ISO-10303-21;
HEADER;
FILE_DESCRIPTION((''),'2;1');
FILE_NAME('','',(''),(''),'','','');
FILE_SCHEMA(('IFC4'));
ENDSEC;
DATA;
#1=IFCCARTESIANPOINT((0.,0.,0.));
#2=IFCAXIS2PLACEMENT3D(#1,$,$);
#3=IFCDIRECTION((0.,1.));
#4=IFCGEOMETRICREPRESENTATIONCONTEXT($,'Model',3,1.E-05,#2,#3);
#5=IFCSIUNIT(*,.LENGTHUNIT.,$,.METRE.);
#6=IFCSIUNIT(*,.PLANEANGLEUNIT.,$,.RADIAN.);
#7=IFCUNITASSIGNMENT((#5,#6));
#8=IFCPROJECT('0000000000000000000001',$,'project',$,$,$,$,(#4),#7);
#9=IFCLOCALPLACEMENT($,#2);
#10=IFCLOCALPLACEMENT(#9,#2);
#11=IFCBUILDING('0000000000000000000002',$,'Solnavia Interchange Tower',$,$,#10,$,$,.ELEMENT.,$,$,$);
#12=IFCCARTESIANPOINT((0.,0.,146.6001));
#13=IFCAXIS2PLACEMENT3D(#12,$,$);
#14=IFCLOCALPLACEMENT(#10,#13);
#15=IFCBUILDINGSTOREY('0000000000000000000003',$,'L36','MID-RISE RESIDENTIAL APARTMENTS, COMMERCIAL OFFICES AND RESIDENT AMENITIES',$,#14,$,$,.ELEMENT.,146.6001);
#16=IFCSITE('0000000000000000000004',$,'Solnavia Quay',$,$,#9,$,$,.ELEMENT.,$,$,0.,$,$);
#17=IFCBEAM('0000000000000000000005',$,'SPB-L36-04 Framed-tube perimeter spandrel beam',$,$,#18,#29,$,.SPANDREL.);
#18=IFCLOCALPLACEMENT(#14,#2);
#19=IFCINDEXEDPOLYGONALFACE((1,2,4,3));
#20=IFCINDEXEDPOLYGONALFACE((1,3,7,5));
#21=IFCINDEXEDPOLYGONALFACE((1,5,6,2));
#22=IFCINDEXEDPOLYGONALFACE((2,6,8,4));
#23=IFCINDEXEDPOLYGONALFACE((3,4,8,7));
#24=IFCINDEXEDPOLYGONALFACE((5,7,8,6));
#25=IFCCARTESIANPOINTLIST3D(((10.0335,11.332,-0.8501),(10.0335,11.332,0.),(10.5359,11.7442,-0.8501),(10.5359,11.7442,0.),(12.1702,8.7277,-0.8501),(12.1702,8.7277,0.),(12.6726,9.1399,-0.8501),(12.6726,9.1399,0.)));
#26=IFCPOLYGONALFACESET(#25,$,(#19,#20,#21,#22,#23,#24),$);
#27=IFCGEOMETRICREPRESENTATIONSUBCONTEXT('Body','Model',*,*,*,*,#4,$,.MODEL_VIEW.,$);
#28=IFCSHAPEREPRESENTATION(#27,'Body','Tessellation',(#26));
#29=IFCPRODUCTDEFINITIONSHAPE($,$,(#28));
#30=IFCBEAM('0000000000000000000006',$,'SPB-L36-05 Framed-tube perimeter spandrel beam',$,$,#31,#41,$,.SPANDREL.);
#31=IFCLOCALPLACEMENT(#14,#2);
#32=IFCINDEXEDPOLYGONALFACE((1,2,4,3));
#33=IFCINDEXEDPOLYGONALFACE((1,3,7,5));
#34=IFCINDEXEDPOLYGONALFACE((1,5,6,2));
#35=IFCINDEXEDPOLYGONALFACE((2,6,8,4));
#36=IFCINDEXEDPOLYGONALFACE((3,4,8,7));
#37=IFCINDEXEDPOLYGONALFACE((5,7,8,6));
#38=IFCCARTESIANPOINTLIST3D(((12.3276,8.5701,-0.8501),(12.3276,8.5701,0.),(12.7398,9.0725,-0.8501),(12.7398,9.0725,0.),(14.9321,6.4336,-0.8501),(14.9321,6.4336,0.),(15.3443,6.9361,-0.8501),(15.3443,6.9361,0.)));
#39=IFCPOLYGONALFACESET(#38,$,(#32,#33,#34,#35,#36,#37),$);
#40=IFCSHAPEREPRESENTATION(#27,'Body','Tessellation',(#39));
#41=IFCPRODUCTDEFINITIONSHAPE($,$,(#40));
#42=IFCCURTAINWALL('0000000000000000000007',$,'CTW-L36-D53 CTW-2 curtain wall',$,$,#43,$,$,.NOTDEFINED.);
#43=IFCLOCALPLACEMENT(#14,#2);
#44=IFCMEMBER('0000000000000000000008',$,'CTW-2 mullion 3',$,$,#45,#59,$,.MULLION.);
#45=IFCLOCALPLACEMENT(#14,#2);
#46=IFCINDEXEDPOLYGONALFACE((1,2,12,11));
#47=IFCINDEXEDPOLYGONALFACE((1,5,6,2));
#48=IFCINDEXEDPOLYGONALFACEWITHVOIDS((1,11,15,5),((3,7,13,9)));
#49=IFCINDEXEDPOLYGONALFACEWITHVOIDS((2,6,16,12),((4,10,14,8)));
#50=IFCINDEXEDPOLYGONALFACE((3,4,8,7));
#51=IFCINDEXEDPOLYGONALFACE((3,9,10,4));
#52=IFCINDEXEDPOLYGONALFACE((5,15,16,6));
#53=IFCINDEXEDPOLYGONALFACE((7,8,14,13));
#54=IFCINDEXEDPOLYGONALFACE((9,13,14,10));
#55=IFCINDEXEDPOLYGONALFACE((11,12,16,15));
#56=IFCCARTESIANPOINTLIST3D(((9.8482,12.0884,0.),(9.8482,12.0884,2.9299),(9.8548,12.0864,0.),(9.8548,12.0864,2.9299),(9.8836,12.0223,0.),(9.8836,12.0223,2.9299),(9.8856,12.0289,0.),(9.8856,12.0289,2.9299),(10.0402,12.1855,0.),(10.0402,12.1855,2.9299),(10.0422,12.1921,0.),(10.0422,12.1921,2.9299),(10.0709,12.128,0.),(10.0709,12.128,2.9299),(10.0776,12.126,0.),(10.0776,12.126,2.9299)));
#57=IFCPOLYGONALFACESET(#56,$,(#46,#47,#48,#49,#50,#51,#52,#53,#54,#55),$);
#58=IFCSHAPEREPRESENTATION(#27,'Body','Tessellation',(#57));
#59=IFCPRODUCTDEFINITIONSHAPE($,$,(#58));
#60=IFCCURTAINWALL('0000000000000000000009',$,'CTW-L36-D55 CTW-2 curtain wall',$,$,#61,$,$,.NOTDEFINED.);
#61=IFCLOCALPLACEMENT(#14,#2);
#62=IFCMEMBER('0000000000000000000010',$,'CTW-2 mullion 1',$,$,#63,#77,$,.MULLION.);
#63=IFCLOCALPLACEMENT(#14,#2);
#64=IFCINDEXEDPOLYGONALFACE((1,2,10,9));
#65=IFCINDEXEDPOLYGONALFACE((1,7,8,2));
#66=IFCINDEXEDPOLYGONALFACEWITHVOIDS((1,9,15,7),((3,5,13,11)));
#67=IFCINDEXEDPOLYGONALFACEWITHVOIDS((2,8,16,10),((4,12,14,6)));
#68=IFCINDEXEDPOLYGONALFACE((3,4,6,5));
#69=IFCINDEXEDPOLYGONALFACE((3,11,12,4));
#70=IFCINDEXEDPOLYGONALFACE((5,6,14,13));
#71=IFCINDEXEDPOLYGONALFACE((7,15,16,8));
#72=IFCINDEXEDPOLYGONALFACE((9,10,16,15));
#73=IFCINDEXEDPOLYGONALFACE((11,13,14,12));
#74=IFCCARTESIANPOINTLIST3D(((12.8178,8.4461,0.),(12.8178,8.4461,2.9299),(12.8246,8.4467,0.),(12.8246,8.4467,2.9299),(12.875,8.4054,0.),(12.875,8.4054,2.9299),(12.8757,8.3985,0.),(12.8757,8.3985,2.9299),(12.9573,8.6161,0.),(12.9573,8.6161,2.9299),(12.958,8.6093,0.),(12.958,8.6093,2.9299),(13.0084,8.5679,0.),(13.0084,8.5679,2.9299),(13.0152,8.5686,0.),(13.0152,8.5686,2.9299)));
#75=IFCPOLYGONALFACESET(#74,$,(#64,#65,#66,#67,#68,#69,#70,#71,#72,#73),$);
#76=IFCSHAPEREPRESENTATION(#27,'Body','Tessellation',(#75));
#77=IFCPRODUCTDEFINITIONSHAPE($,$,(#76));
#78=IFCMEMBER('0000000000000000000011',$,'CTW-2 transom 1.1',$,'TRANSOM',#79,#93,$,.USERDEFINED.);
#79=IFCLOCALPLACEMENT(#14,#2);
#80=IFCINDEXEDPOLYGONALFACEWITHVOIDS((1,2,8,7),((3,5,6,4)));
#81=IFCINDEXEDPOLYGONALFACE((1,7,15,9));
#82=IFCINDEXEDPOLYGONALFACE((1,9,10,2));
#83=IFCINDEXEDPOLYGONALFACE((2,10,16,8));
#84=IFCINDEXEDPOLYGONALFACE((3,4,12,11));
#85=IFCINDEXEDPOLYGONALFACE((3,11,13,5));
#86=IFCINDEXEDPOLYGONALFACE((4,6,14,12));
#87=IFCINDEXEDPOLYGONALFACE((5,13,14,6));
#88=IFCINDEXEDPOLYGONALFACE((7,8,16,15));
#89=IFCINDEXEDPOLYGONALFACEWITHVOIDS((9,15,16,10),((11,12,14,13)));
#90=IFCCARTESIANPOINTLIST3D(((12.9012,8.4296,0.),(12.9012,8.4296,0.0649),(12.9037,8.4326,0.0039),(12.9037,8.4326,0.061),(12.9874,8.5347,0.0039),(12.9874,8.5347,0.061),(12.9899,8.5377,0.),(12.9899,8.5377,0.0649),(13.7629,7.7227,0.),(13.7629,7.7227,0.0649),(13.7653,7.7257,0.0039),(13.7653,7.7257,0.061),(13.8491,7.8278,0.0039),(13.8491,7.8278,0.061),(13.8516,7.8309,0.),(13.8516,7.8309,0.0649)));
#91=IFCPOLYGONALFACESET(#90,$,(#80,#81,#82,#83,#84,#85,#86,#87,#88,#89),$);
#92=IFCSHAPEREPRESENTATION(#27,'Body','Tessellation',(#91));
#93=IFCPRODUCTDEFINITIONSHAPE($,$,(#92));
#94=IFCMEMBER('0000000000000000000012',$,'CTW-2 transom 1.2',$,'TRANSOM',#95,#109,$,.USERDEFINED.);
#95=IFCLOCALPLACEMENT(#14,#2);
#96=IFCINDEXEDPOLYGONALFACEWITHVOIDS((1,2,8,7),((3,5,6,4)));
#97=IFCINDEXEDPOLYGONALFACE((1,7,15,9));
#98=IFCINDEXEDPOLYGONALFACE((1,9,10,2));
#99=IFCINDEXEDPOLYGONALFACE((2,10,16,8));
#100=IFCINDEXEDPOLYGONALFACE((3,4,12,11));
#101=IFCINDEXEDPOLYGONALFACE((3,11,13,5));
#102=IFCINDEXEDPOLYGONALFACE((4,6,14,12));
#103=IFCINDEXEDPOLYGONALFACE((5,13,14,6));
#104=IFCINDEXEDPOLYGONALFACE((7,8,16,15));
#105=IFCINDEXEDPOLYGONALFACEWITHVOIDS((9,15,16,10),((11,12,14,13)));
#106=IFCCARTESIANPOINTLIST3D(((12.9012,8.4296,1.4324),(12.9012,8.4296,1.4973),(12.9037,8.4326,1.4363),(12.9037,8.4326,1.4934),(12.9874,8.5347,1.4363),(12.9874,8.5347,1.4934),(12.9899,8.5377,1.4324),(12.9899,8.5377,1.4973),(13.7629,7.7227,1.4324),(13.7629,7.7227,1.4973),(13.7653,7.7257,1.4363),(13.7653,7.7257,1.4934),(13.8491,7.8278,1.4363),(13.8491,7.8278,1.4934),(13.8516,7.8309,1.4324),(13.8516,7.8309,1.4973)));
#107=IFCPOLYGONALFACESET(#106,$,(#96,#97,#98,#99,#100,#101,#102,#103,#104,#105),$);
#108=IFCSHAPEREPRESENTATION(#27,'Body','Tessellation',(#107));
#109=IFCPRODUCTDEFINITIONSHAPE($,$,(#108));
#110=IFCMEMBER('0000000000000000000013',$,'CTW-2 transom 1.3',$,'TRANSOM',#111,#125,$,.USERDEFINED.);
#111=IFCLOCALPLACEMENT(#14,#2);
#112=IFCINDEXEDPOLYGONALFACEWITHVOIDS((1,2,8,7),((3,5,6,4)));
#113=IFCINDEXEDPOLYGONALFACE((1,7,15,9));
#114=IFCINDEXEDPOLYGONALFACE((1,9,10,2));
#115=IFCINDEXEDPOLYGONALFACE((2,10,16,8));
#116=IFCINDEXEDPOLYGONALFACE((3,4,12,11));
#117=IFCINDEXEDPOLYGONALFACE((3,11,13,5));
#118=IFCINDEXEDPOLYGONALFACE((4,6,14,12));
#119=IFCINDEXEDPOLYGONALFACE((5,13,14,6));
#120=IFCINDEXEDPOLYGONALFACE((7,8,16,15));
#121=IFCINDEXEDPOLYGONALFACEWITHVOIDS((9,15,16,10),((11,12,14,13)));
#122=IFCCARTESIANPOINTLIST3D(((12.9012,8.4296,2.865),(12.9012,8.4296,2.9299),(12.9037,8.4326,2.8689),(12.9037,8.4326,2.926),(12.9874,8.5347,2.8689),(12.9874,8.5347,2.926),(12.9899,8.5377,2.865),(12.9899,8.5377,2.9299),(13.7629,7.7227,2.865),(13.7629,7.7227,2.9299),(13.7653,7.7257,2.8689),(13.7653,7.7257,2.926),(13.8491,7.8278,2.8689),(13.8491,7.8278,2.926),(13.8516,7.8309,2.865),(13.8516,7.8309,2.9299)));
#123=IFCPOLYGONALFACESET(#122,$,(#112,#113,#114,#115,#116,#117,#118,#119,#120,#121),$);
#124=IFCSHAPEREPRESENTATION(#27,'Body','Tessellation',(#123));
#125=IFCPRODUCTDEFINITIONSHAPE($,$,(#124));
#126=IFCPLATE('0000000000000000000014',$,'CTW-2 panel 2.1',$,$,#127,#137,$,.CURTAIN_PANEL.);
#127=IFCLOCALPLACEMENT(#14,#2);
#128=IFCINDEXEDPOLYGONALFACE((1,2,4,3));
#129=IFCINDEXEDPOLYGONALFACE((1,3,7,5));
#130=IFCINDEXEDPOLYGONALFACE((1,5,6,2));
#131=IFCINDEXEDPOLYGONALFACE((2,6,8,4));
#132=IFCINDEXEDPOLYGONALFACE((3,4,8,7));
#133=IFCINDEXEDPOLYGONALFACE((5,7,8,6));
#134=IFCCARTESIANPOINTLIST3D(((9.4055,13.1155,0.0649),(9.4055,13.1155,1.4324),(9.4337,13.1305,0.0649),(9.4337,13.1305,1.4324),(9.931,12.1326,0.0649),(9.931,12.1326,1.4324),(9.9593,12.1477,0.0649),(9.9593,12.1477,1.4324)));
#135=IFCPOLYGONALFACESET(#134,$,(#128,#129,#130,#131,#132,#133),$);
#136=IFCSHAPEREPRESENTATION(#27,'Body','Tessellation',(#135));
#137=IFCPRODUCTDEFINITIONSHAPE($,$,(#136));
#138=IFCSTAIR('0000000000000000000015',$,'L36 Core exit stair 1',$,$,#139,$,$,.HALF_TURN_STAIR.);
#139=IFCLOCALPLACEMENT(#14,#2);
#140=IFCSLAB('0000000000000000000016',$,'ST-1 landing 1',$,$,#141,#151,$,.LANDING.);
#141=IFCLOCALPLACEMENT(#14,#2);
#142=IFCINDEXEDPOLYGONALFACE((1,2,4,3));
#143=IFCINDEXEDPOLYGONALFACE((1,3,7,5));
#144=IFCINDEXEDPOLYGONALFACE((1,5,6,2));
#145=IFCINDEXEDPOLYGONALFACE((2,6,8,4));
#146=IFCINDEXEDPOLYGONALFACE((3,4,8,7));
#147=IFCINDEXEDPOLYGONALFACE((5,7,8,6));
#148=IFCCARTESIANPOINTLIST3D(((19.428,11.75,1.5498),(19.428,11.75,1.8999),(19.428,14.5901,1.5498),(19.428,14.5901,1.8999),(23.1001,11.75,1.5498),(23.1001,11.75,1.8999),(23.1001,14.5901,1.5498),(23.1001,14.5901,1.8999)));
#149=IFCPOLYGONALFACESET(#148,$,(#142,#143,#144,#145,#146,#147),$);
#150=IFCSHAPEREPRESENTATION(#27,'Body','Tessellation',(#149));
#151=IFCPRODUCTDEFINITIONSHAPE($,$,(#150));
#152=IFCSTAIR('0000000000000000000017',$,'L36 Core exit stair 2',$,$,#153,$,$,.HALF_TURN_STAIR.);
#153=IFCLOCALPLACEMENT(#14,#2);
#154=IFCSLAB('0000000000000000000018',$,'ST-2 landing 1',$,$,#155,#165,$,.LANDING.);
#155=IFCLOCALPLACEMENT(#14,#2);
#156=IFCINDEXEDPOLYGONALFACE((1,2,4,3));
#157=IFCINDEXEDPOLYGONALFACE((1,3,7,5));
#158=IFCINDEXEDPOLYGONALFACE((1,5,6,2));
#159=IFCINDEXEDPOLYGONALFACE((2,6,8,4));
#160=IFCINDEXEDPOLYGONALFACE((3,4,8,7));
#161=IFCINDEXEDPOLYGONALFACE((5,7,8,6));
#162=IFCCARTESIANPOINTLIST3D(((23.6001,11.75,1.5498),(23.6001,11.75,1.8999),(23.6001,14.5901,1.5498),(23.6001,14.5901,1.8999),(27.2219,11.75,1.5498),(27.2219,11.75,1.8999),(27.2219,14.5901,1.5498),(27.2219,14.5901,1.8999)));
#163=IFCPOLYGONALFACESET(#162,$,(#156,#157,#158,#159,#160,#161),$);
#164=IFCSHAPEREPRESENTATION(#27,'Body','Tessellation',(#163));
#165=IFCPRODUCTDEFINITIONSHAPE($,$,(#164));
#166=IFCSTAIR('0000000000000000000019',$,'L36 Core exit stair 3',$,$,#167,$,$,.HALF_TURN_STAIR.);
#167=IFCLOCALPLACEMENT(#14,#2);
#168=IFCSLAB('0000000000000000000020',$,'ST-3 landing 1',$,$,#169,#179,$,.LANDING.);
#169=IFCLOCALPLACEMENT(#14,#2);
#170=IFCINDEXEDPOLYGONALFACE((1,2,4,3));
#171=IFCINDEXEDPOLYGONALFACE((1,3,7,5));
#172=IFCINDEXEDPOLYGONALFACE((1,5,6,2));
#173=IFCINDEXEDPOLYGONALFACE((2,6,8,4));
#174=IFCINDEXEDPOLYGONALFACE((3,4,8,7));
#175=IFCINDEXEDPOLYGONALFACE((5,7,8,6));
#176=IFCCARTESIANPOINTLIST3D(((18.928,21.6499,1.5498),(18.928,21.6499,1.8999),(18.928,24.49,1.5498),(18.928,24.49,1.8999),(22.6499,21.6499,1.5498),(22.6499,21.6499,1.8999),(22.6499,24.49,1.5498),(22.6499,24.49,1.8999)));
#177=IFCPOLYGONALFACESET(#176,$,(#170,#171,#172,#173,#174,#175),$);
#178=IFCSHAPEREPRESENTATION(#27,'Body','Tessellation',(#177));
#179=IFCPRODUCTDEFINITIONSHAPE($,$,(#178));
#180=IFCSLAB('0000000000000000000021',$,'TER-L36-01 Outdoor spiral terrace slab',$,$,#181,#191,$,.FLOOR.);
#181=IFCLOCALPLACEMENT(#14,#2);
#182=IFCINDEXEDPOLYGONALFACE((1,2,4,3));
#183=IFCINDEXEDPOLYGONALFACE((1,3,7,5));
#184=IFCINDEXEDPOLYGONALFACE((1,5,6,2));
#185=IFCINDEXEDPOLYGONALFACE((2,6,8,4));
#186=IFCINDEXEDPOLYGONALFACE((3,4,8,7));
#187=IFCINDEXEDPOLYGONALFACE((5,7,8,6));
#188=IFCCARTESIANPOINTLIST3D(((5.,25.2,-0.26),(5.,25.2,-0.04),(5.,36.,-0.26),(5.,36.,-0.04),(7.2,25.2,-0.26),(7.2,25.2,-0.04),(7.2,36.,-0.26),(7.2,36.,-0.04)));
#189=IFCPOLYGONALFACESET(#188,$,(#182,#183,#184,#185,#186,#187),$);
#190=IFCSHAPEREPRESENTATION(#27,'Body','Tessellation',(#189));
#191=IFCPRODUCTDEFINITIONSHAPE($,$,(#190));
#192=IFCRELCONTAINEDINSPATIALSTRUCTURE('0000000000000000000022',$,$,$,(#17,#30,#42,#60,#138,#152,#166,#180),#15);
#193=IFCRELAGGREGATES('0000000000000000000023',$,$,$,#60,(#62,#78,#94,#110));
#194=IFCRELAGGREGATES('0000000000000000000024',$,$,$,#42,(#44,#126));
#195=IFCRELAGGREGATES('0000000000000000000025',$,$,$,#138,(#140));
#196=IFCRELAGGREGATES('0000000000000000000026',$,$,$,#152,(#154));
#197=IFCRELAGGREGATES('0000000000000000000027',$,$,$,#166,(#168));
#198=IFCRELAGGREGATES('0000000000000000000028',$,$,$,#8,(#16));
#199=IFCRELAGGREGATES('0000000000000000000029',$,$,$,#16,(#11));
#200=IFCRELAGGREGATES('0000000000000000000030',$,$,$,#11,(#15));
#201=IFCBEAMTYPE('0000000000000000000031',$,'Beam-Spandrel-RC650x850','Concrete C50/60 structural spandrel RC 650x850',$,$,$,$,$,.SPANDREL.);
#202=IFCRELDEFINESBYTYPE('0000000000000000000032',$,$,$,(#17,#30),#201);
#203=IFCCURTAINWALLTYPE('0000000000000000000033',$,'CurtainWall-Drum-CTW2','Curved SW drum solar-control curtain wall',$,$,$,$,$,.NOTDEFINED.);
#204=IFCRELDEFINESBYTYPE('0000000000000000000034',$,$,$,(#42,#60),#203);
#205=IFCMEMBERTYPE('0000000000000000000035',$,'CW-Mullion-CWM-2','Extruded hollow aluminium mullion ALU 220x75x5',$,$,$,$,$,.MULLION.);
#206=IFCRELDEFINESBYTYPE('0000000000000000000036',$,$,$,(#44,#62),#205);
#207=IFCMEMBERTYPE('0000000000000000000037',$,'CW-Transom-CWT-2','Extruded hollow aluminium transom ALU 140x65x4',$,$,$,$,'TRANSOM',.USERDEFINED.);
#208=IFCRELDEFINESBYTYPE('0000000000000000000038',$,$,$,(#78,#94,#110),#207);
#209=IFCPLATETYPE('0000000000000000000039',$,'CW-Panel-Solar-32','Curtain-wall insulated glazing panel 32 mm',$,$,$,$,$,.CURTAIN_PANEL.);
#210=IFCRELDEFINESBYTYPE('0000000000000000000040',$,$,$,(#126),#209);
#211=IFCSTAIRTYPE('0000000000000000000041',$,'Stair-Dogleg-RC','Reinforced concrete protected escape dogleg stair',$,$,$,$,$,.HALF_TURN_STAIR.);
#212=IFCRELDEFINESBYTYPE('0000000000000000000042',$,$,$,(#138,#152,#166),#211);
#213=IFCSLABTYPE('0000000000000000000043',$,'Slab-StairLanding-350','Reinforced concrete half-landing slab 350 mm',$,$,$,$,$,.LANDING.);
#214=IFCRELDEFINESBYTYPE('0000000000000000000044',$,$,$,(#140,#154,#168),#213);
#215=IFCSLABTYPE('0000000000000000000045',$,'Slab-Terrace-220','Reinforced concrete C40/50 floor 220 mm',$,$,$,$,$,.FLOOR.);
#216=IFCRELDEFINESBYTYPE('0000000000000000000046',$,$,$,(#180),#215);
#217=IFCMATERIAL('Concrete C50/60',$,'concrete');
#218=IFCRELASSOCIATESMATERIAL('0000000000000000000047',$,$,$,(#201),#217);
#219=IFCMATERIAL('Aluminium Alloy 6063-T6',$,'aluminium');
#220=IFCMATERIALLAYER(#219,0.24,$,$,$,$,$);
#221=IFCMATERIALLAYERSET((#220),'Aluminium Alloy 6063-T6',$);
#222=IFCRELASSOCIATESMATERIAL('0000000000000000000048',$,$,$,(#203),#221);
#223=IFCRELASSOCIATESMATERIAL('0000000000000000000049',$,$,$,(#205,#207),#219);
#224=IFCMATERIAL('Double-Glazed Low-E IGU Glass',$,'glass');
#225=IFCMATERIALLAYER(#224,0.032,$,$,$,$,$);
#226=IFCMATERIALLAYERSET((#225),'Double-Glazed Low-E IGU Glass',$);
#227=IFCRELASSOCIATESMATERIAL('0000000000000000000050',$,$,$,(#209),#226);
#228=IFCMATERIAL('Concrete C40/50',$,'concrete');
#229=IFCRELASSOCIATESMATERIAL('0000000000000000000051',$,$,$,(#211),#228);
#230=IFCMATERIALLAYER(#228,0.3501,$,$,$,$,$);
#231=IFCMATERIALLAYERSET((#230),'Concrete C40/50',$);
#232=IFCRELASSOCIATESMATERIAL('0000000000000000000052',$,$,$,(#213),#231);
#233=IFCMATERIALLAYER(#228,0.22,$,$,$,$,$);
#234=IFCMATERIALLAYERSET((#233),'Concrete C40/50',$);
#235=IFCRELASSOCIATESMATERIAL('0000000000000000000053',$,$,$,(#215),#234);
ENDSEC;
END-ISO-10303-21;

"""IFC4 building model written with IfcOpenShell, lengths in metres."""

from ifc_helpers import new_model, si_unit, direction, frame, origin, origin_2d, place, context, subcontext, project, spatial, polyline, rectangle, hollow_rectangle, outline, extrude, material, layer, layer_set, material_profile, profile_set, type_object, element, aggregate, save


model = new_model("IFC4")

# Units and contexts
model_context = context("Model", 3, precision=1e-05, world=origin(), true_north=direction((0.0, 1.0)))
body_context = subcontext(model_context, "Body", "Model", "MODEL_VIEW")
ifc_project = project(units=[si_unit("LENGTHUNIT", "METRE"), si_unit("PLANEANGLEUNIT", "RADIAN")], contexts=[model_context])

# Site, building, storey
site_placement = place(None, origin())
site = spatial("IfcSite", under=ifc_project, at=site_placement, Name="Solnavia Quay", CompositionType="ELEMENT", RefElevation=0.0)
building_placement = place(site_placement, origin())
building = spatial("IfcBuilding", under=site, at=building_placement, Name="Solnavia Interchange Tower", CompositionType="ELEMENT")
storey_placement = place(building_placement, frame((0.0, 0.0, 146.6001)))
storey = spatial("IfcBuildingStorey", under=building, at=storey_placement, Name="L36", Description="MID-RISE RESIDENTIAL APARTMENTS, COMMERCIAL OFFICES AND RESIDENT AMENITIES", CompositionType="ELEMENT", Elevation=146.6001)

# Shared definitions
ifc_material_1 = material(Name="Concrete C50/60", Category="concrete")

# Beams
ifc_material_profile_1 = material_profile(ifc_material_1, rectangle(XDim=0.6499, YDim=0.8501, at=origin_2d()), Name="RC 650x850")
ifc_profile_set_1 = profile_set([ifc_material_profile_1], Name="Concrete C50/60")
beam_type_1 = type_object("IfcBeamType", Name="Beam-Spandrel-RC650x850", Description="Concrete C50/60 structural spandrel RC 650x850", PredefinedType="SPANDREL", material=ifc_profile_set_1)
for number, where, z_axis, x_axis, name in (
    (1, (10.2847, 11.5381, -0.425), (0.634299, -0.773088, 0.0), (0.773088, 0.634299, 0.0), "SPB-L36-04 Framed-tube perimeter spandrel beam"),
    (2, (12.5337, 8.8213, -0.425), (0.773153, -0.63422, 0.0), (0.63422, 0.773153, 0.0), "SPB-L36-05 Framed-tube perimeter spandrel beam"),
):
    element("IfcBeam", number, at=place(storey_placement, frame(where, z_axis=z_axis, x_axis=x_axis)), inside=storey, type_object=beam_type_1, Name=name, PredefinedType="SPANDREL", context=body_context, shape_type="SweptSolid", body=[
        extrude(rectangle(XDim=0.6499, YDim=0.8501, at=origin_2d()), origin(), (0.0, 0.0, 1.0), 3.3687),
    ])

# Curtain wall, member
ifc_material_2 = material(Name="Aluminium Alloy 6063-T6", Category="aluminium")
ifc_layer_1 = layer(ifc_material_2, 0.24)
ifc_layer_set_1 = layer_set([ifc_layer_1], Name="Aluminium Alloy 6063-T6")
curtain_wall_type = type_object("IfcCurtainWallType", Name="CurtainWall-Drum-CTW2", Description="Curved SW drum solar-control curtain wall", PredefinedType="NOTDEFINED", material=ifc_layer_set_1)
curtain_wall_1_placement = place(storey_placement, origin())
curtain_wall_1 = element("IfcCurtainWall", 3, at=curtain_wall_1_placement, inside=storey, type_object=curtain_wall_type, Name="CTW-L36-D53 CTW-2 curtain wall", PredefinedType="NOTDEFINED")
ifc_material_profile_2 = material_profile(ifc_material_2, hollow_rectangle(XDim=0.075, YDim=0.22, WallThickness=0.0049, at=origin_2d()), Name="ALU 220x75x5")
ifc_profile_set_2 = profile_set([ifc_material_profile_2], Name="Aluminium Alloy 6063-T6")
member_type_1 = type_object("IfcMemberType", Name="CW-Mullion-CWM-2", Description="Extruded hollow aluminium mullion ALU 220x75x5", PredefinedType="MULLION", material=ifc_profile_set_2)
member_1_placement = place(storey_placement, frame((9.9629, 12.1072, 0.0), z_axis=(0.0, 0.0, 1.0), x_axis=(0.471561, -0.881834, 0.0)))
member_1 = element("IfcMember", 4, at=member_1_placement, type_object=member_type_1, Name="CTW-2 mullion 3", PredefinedType="MULLION", context=body_context, shape_type="SweptSolid", body=[
    extrude(hollow_rectangle(XDim=0.075, YDim=0.22, WallThickness=0.0049, at=origin_2d()), origin(), (0.0, 0.0, 1.0), 2.9299),
])

# Curtain wall, members
curtain_wall_2_placement = place(storey_placement, origin())
curtain_wall_2 = element("IfcCurtainWall", 5, at=curtain_wall_2_placement, inside=storey, type_object=curtain_wall_type, Name="CTW-L36-D55 CTW-2 curtain wall", PredefinedType="NOTDEFINED")
member_2_placement = place(storey_placement, frame((12.9165, 8.5073, 0.0), z_axis=(0.0, 0.0, 1.0), x_axis=(0.773103, -0.63428, 0.0)))
member_2 = element("IfcMember", 6, at=member_2_placement, type_object=member_type_1, Name="CTW-2 mullion 1", PredefinedType="MULLION", context=body_context, shape_type="SweptSolid", body=[
    extrude(hollow_rectangle(XDim=0.075, YDim=0.22, WallThickness=0.0049, at=origin_2d()), origin(), (0.0, 0.0, 1.0), 2.9299),
])
ifc_material_profile_3 = material_profile(ifc_material_2, hollow_rectangle(XDim=0.0649, YDim=0.1399, WallThickness=0.0039, at=origin_2d()), Name="ALU 140x65x4")
ifc_profile_set_3 = profile_set([ifc_material_profile_3], Name="Aluminium Alloy 6063-T6")
member_type_2 = type_object("IfcMemberType", Name="CW-Transom-CWT-2", Description="Extruded hollow aluminium transom ALU 140x65x4", ElementType="TRANSOM", PredefinedType="USERDEFINED", material=ifc_profile_set_3)
member_3_placement = place(storey_placement, frame((12.9456, 8.4836, 0.0325), z_axis=(0.773137, -0.634239, 0.0), x_axis=(0.0, 0.0, 1.0)))
member_3 = element("IfcMember", 7, at=member_3_placement, type_object=member_type_2, Name="CTW-2 transom 1.1", ObjectType="TRANSOM", PredefinedType="USERDEFINED", context=body_context, shape_type="SweptSolid", body=[
    extrude(hollow_rectangle(XDim=0.0649, YDim=0.1399, WallThickness=0.0039, at=origin_2d()), origin(), (0.0, 0.0, 1.0), 1.1145),
])
member_4_placement = place(storey_placement, frame((12.9456, 8.4836, 1.4648), z_axis=(0.773137, -0.634239, 0.0), x_axis=(0.0, 0.0, 1.0)))
member_4 = element("IfcMember", 8, at=member_4_placement, type_object=member_type_2, Name="CTW-2 transom 1.2", ObjectType="TRANSOM", PredefinedType="USERDEFINED", context=body_context, shape_type="SweptSolid", body=[
    extrude(hollow_rectangle(XDim=0.0649, YDim=0.1399, WallThickness=0.0039, at=origin_2d()), origin(), (0.0, 0.0, 1.0), 1.1145),
])
member_5_placement = place(storey_placement, frame((12.9456, 8.4836, 2.8975), z_axis=(0.773137, -0.634239, 0.0), x_axis=(0.0, 0.0, 1.0)))
member_5 = element("IfcMember", 9, at=member_5_placement, type_object=member_type_2, Name="CTW-2 transom 1.3", ObjectType="TRANSOM", PredefinedType="USERDEFINED", context=body_context, shape_type="SweptSolid", body=[
    extrude(hollow_rectangle(XDim=0.0649, YDim=0.1399, WallThickness=0.0039, at=origin_2d()), origin(), (0.0, 0.0, 1.0), 1.1145),
])
aggregate(curtain_wall_2, [member_2, member_3, member_4, member_5])

# Plate
ifc_material_3 = material(Name="Double-Glazed Low-E IGU Glass", Category="glass")
ifc_layer_2 = layer(ifc_material_3, 0.032)
ifc_layer_set_2 = layer_set([ifc_layer_2], Name="Double-Glazed Low-E IGU Glass")
plate_type = type_object("IfcPlateType", Name="CW-Panel-Solar-32", Description="Curtain-wall insulated glazing panel 32 mm", PredefinedType="CURTAIN_PANEL", material=ifc_layer_set_2)
plate_placement = place(storey_placement, frame((9.6824, 12.6316, 0.0649), z_axis=(0.0, 0.0, 1.0), x_axis=(0.471561, -0.881834, 0.0)))
plate = element("IfcPlate", 10, at=plate_placement, type_object=plate_type, Name="CTW-2 panel 2.1", PredefinedType="CURTAIN_PANEL", context=body_context, shape_type="SweptSolid", body=[
    extrude(rectangle(XDim=1.1145, YDim=0.032, at=origin_2d()), origin(), (0.0, 0.0, 1.0), 1.3674),
])
aggregate(curtain_wall_1, [member_1, plate])

# Stairs, slabs
ifc_material_4 = material(Name="Concrete C40/50", Category="concrete")
stair_type = type_object("IfcStairType", Name="Stair-Dogleg-RC", Description="Reinforced concrete protected escape dogleg stair", PredefinedType="HALF_TURN_STAIR", material=ifc_material_4)
stair_1_placement = place(storey_placement, origin())
stair_1 = element("IfcStair", 11, at=stair_1_placement, inside=storey, type_object=stair_type, Name="L36 Core exit stair 1", PredefinedType="HALF_TURN_STAIR")
ifc_layer_3 = layer(ifc_material_4, 0.3501)
ifc_layer_set_3 = layer_set([ifc_layer_3], Name="Concrete C40/50")
slab_type_1 = type_object("IfcSlabType", Name="Slab-StairLanding-350", Description="Reinforced concrete half-landing slab 350 mm", PredefinedType="LANDING", material=ifc_layer_set_3)
slab_1_placement = place(storey_placement, frame((0.0, 0.0, 1.5498)))
slab_1 = element("IfcSlab", 12, at=slab_1_placement, type_object=slab_type_1, Name="ST-1 landing 1", PredefinedType="LANDING", context=body_context, shape_type="SweptSolid", body=[
    extrude(outline(polyline([(19.428, 11.75), (23.1001, 11.75), (23.1001, 14.5901), (19.428, 14.5901), (19.428, 11.75)])), origin(), (0.0, 0.0, 1.0), 0.3501),
])
aggregate(stair_1, [slab_1])
stair_2_placement = place(storey_placement, origin())
stair_2 = element("IfcStair", 13, at=stair_2_placement, inside=storey, type_object=stair_type, Name="L36 Core exit stair 2", PredefinedType="HALF_TURN_STAIR")
slab_2_placement = place(storey_placement, frame((0.0, 0.0, 1.5498)))
slab_2 = element("IfcSlab", 14, at=slab_2_placement, type_object=slab_type_1, Name="ST-2 landing 1", PredefinedType="LANDING", context=body_context, shape_type="SweptSolid", body=[
    extrude(outline(polyline([(23.6001, 11.75), (27.2219, 11.75), (27.2219, 14.5901), (23.6001, 14.5901), (23.6001, 11.75)])), origin(), (0.0, 0.0, 1.0), 0.3501),
])
aggregate(stair_2, [slab_2])
stair_3_placement = place(storey_placement, origin())
stair_3 = element("IfcStair", 15, at=stair_3_placement, inside=storey, type_object=stair_type, Name="L36 Core exit stair 3", PredefinedType="HALF_TURN_STAIR")
slab_3_placement = place(storey_placement, frame((0.0, 0.0, 1.5498)))
slab_3 = element("IfcSlab", 16, at=slab_3_placement, type_object=slab_type_1, Name="ST-3 landing 1", PredefinedType="LANDING", context=body_context, shape_type="SweptSolid", body=[
    extrude(outline(polyline([(18.928, 21.6499), (22.6499, 21.6499), (22.6499, 24.49), (18.928, 24.49), (18.928, 21.6499)])), origin(), (0.0, 0.0, 1.0), 0.3501),
])
aggregate(stair_3, [slab_3])

# Slab
ifc_layer_4 = layer(ifc_material_4, 0.22)
ifc_layer_set_4 = layer_set([ifc_layer_4], Name="Concrete C40/50")
slab_type_2 = type_object("IfcSlabType", Name="Slab-Terrace-220", Description="Reinforced concrete C40/50 floor 220 mm", PredefinedType="FLOOR", material=ifc_layer_set_4)
slab_4_placement = place(storey_placement, frame((0.0, 0.0, -0.26)))
element("IfcSlab", 17, at=slab_4_placement, inside=storey, type_object=slab_type_2, Name="TER-L36-01 Outdoor spiral terrace slab", PredefinedType="FLOOR", context=body_context, shape_type="SweptSolid", body=[
    extrude(outline(polyline([(5.0, 25.2), (7.2, 25.2), (7.2, 36.0), (5.0, 36.0), (5.0, 25.2)])), origin(), (0.0, 0.0, 1.0), 0.22),
])

save(model, "model.ifc")
